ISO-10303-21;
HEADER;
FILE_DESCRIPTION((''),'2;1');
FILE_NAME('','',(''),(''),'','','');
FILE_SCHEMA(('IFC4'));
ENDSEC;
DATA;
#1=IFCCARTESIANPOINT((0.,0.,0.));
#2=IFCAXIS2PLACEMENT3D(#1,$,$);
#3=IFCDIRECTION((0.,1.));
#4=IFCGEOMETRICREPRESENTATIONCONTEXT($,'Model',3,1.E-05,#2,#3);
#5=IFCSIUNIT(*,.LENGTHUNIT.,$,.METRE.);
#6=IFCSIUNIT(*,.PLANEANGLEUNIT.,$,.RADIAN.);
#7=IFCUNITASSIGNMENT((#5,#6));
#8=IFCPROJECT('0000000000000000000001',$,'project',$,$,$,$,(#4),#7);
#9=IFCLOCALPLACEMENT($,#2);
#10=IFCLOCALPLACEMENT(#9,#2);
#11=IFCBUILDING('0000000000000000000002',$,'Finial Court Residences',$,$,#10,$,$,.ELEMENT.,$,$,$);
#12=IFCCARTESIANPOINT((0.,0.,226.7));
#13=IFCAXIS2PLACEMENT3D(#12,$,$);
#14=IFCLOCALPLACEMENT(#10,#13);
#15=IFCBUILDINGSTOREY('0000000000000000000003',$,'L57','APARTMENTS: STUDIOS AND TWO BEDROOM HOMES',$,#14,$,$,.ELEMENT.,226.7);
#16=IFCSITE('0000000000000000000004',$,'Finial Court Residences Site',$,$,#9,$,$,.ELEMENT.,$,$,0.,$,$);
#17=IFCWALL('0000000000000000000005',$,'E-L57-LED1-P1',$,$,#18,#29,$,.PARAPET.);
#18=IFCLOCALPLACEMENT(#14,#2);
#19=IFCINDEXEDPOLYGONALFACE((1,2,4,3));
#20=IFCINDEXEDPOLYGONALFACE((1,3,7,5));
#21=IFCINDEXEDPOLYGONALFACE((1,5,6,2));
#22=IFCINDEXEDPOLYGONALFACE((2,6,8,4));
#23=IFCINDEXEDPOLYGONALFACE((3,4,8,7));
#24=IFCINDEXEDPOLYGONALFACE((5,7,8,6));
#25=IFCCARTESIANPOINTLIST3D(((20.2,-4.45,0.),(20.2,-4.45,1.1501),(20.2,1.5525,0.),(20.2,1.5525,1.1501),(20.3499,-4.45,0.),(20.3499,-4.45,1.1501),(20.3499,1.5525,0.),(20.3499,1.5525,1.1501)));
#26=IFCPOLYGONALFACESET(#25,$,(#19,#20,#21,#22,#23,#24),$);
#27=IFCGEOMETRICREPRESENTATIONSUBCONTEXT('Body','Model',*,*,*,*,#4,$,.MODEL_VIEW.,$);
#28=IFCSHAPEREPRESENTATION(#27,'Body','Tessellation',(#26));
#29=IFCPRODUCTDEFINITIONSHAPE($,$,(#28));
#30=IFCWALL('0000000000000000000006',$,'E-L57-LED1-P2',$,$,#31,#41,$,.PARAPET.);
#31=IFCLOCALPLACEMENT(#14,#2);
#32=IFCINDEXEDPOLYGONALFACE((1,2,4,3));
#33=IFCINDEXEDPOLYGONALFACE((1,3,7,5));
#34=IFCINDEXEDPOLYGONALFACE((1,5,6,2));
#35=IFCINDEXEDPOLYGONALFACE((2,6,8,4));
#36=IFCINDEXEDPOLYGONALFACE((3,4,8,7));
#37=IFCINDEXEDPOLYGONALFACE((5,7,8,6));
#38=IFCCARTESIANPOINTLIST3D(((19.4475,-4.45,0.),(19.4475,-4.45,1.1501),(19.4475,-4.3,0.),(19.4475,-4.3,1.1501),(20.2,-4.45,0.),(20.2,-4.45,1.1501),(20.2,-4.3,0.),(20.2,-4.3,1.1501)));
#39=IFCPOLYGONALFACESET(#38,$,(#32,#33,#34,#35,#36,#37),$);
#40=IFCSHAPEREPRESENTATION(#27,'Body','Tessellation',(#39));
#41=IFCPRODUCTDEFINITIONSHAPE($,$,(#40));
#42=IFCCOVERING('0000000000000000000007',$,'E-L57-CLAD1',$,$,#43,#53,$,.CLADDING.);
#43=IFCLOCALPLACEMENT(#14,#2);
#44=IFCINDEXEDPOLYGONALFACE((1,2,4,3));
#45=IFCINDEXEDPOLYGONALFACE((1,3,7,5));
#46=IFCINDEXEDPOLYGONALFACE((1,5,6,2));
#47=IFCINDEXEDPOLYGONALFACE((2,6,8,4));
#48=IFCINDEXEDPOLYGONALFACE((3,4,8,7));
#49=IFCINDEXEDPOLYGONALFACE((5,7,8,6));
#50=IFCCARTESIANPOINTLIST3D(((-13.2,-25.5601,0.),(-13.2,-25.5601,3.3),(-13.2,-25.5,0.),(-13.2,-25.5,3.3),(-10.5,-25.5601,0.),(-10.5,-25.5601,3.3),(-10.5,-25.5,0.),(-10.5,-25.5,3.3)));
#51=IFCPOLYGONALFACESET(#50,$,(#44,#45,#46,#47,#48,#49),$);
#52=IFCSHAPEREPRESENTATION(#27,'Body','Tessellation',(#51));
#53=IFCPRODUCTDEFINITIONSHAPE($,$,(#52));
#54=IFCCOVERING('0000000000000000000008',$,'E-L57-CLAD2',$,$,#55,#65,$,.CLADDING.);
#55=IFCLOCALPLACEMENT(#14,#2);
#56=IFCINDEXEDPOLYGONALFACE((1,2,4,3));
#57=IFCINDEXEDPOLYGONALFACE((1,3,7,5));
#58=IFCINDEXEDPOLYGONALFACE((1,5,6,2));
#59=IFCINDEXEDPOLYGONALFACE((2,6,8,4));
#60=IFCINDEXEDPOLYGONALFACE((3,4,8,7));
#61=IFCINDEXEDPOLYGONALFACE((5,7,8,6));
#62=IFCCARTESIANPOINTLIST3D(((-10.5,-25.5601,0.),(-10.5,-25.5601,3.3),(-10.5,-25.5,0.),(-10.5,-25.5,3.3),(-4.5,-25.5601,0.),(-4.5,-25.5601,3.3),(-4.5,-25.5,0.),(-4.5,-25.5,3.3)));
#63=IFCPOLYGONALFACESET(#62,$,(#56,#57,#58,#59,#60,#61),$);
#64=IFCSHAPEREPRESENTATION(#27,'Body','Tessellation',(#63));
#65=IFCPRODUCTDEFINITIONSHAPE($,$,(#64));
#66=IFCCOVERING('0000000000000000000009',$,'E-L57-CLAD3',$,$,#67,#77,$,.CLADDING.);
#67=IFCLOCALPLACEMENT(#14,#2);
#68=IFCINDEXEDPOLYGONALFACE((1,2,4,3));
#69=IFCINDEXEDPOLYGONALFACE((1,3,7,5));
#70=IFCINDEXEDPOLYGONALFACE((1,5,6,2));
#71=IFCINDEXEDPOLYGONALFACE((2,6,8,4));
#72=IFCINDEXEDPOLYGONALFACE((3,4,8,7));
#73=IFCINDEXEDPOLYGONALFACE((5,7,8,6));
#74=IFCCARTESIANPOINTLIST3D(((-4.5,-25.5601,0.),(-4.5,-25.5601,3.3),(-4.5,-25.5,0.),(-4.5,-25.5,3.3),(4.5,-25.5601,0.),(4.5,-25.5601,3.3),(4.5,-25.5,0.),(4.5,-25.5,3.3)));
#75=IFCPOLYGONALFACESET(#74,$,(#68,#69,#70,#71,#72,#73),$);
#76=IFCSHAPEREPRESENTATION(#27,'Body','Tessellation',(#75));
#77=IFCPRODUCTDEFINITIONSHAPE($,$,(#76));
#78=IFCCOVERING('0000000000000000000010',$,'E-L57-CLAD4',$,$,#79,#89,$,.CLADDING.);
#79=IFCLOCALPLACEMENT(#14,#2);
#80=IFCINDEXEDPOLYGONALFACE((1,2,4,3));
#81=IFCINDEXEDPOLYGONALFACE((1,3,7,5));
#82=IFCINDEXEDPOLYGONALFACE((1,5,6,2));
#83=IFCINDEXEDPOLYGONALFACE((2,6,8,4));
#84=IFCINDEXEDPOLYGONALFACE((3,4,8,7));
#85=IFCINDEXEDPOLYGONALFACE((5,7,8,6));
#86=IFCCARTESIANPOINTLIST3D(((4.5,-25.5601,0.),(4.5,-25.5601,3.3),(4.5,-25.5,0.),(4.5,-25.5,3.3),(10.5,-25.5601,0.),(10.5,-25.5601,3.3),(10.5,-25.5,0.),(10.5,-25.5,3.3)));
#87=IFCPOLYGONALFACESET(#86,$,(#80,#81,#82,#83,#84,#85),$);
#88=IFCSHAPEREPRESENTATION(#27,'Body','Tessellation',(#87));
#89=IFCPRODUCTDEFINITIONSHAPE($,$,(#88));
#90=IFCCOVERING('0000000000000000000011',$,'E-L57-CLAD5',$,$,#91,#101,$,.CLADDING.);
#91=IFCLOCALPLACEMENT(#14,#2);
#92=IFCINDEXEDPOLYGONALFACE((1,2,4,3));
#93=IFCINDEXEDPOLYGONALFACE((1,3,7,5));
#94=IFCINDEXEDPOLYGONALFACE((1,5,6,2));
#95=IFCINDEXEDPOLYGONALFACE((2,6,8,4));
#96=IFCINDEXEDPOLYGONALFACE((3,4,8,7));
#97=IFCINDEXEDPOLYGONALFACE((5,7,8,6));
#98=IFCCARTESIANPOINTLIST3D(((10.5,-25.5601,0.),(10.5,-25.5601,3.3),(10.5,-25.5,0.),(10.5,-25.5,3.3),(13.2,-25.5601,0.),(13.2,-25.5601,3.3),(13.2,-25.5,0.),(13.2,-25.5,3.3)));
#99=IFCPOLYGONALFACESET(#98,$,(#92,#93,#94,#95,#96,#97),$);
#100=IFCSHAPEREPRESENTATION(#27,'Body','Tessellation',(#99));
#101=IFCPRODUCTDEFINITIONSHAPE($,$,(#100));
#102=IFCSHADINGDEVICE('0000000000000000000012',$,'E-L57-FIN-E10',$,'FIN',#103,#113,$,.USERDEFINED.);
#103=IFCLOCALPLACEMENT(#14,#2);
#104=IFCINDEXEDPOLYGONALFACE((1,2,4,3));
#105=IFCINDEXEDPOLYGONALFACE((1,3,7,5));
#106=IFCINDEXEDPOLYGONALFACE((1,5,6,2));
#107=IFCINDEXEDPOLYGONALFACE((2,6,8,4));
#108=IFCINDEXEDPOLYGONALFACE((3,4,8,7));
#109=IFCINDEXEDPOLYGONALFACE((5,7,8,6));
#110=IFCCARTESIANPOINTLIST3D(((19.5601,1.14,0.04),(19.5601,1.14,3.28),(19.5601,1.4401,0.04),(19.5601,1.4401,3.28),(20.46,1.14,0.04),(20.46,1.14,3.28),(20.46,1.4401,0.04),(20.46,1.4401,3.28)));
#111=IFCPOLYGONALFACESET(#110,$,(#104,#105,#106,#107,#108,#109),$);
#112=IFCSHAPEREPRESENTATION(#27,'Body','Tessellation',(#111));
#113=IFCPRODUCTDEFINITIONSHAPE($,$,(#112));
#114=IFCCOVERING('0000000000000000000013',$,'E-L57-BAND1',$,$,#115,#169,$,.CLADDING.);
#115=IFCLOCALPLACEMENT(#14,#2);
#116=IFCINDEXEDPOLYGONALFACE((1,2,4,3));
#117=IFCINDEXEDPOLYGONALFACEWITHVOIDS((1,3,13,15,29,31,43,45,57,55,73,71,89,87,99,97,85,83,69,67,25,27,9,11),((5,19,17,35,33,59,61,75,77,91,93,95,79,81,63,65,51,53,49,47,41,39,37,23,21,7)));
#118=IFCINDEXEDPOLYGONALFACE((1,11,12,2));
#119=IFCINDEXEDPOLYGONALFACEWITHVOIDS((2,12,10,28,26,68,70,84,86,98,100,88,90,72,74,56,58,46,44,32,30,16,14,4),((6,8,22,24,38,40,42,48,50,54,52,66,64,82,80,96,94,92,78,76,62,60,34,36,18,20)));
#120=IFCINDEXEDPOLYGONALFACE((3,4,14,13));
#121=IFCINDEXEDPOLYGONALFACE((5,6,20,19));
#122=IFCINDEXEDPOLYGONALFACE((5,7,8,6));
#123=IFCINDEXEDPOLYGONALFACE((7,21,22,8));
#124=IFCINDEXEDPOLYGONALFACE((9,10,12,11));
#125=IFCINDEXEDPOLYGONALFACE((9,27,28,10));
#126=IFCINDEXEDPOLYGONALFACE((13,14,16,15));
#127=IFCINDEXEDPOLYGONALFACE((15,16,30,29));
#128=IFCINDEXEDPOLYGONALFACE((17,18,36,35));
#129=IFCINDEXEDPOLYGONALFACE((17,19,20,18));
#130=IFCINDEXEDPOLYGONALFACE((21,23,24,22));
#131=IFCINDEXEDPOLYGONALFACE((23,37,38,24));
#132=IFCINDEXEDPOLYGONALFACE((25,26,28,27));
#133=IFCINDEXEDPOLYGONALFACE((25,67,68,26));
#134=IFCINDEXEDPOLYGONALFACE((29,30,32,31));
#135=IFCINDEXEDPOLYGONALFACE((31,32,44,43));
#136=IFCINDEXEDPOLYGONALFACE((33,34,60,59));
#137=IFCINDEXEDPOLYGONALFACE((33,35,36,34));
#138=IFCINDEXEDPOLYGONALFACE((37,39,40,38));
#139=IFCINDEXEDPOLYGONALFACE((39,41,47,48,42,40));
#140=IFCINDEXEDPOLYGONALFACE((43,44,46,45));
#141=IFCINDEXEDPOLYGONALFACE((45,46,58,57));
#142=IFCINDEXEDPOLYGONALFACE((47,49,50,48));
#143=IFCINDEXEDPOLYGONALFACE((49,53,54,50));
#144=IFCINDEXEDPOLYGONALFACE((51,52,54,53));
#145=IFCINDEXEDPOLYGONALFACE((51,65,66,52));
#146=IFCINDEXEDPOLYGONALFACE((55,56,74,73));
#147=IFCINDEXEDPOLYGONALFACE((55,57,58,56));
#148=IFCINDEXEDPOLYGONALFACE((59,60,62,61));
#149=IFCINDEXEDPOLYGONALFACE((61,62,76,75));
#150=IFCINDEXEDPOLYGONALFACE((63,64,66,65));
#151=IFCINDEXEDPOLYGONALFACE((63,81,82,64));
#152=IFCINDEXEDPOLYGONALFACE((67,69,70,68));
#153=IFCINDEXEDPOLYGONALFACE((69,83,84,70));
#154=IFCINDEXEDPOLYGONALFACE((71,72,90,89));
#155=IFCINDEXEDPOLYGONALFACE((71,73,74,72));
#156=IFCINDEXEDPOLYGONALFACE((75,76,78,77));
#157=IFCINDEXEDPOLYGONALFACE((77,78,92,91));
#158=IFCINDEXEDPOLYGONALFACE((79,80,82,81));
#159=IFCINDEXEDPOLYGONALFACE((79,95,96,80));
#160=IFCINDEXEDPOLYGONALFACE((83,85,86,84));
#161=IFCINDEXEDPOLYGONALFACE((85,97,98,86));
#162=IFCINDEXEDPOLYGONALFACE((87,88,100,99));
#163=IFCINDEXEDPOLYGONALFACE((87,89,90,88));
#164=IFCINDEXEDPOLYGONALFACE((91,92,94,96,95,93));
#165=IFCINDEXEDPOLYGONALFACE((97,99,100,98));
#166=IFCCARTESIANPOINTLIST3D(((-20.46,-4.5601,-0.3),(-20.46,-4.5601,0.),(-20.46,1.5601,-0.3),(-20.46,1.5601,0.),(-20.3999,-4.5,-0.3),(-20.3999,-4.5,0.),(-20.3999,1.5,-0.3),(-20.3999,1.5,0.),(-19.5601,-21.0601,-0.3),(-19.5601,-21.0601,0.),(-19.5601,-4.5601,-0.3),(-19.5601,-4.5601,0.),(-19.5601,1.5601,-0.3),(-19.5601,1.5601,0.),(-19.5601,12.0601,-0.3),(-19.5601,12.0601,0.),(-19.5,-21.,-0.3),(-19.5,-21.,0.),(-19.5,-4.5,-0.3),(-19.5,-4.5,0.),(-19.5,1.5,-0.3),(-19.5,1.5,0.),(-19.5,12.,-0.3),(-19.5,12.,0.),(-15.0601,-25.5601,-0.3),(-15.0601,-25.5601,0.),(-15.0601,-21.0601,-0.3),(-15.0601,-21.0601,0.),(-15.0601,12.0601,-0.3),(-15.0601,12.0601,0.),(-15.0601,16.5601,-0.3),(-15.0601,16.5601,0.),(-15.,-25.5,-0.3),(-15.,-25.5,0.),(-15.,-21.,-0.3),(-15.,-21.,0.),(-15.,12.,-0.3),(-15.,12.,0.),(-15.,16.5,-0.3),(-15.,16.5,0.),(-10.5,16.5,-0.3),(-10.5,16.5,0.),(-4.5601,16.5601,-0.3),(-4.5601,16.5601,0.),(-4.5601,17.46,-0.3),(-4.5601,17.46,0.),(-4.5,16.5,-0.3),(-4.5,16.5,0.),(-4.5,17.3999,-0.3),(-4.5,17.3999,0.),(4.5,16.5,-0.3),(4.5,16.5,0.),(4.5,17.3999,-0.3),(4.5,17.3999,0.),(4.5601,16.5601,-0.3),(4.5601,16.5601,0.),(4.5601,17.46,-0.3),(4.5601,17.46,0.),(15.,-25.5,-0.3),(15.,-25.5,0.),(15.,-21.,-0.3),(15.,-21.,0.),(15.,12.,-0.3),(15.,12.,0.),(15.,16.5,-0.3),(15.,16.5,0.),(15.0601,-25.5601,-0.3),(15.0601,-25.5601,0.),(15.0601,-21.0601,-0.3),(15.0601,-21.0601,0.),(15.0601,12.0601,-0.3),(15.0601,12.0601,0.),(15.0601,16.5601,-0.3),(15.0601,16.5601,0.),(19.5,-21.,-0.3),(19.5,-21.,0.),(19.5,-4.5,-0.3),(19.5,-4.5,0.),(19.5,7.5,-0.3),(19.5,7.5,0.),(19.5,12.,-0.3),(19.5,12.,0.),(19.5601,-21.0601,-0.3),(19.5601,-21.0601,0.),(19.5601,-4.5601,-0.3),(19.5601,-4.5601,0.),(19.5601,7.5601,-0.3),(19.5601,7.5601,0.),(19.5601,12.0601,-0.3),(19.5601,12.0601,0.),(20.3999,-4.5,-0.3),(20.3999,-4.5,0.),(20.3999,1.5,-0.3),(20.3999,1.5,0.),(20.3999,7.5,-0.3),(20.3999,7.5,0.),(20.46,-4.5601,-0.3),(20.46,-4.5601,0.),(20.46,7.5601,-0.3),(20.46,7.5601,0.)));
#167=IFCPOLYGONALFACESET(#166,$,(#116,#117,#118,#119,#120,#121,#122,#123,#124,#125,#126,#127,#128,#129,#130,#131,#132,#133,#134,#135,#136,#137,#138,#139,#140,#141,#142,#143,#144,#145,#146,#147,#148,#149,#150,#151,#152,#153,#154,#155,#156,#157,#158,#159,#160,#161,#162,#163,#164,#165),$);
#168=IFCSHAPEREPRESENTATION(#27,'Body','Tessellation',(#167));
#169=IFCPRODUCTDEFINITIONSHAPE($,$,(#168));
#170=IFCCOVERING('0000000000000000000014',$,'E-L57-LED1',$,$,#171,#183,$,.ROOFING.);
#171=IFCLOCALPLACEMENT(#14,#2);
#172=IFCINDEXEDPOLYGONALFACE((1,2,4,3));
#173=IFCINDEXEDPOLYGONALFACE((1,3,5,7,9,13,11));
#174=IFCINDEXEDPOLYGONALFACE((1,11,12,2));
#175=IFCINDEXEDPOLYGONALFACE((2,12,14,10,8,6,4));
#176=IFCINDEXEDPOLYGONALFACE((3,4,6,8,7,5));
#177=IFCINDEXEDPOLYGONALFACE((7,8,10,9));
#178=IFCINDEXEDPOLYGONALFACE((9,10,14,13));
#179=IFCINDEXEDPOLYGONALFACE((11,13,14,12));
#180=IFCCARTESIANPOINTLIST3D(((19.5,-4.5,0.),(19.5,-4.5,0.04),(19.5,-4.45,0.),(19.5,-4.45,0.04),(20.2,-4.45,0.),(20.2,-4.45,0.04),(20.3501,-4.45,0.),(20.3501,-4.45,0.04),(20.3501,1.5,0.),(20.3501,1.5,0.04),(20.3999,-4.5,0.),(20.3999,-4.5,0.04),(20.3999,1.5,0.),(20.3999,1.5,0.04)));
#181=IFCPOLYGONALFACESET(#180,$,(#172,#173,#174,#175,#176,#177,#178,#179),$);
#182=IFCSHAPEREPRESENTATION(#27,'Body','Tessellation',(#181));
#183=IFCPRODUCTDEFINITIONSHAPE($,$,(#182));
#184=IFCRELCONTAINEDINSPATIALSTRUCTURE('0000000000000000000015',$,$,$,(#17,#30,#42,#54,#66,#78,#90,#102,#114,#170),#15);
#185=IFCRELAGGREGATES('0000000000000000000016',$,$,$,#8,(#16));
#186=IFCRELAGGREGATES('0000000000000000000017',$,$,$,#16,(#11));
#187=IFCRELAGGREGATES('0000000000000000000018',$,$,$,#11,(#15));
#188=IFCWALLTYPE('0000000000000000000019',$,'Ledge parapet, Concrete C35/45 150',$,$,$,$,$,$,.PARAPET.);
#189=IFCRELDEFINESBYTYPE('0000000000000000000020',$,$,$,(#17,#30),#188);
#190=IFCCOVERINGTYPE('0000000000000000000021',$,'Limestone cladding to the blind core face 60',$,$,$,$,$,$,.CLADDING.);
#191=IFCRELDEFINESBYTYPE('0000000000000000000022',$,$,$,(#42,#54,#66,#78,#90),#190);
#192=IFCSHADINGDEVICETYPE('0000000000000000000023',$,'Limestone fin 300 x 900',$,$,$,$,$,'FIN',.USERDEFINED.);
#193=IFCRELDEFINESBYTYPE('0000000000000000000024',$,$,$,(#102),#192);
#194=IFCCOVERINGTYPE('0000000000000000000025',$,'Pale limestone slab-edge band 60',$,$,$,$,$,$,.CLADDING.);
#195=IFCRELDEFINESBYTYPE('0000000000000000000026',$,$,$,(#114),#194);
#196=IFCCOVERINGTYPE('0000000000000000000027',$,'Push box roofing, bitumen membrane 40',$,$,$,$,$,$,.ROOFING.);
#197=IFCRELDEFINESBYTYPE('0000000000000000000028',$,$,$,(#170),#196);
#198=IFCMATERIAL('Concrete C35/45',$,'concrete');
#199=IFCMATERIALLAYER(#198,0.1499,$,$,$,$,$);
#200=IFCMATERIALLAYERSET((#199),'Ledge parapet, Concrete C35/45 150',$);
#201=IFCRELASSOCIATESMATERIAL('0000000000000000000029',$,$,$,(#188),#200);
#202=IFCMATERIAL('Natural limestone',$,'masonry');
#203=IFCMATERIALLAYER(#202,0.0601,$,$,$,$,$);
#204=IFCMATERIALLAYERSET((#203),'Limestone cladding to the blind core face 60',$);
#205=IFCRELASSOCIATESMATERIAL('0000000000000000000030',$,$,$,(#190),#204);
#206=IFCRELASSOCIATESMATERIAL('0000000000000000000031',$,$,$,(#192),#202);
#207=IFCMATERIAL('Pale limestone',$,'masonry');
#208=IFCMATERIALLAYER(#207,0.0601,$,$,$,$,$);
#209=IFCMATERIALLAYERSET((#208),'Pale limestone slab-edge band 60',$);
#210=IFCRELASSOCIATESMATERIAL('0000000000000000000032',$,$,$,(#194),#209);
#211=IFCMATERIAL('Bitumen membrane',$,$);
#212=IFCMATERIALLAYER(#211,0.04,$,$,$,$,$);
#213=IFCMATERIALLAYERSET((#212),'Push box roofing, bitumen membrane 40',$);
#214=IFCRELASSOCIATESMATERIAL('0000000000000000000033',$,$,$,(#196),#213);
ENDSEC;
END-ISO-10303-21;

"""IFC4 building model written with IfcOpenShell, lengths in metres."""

from ifc_helpers import new_model, si_unit, direction, frame, frame_2d, origin, origin_2d, place, context, subcontext, project, spatial, polyline, rectangle, outline, extrude, material, layer, layer_set, type_object, element, save


model = new_model("IFC4")

# Units and contexts
model_context = context("Model", 3, precision=1e-05, world=origin(), true_north=direction((0.0, 1.0)))
body_context = subcontext(model_context, "Body", "Model", "MODEL_VIEW")
ifc_project = project(units=[si_unit("LENGTHUNIT", "METRE"), si_unit("PLANEANGLEUNIT", "RADIAN")], contexts=[model_context])

# Site, building, storey
site_placement = place(None, origin())
site = spatial("IfcSite", under=ifc_project, at=site_placement, Name="Finial Court Residences Site", CompositionType="ELEMENT", RefElevation=0.0)
building_placement = place(site_placement, origin())
building = spatial("IfcBuilding", under=site, at=building_placement, Name="Finial Court Residences", CompositionType="ELEMENT")
storey_placement = place(building_placement, frame((0.0, 0.0, 226.7)))
storey = spatial("IfcBuildingStorey", under=building, at=storey_placement, Name="L57", Description="APARTMENTS: STUDIOS AND TWO BEDROOM HOMES", CompositionType="ELEMENT", Elevation=226.7)

# Shared definitions
ifc_material_1 = material(Name="Concrete C35/45", Category="concrete")

# Walls
ifc_layer_1 = layer(ifc_material_1, 0.1499)
ifc_layer_set_1 = layer_set([ifc_layer_1], Name="Ledge parapet, Concrete C35/45 150")
wall_type_1 = type_object("IfcWallType", Name="Ledge parapet, Concrete C35/45 150", PredefinedType="PARAPET", material=ifc_layer_set_1)
wall_1_placement = place(storey_placement, frame((20.2749, 1.5525, 0.0), z_axis=(0.0, 0.0, 1.0), x_axis=(0.0, -1.0, 0.0)))
element("IfcWall", 1, at=wall_1_placement, inside=storey, type_object=wall_type_1, Name="E-L57-LED1-P1", PredefinedType="PARAPET", context=body_context, shape_type="SweptSolid", body=[
    extrude(rectangle(XDim=6.0024, YDim=0.1499, at=frame_2d((3.0012, 0.0))), origin(), (0.0, 0.0, 1.0), 1.1501),
])
wall_2_placement = place(storey_placement, frame((20.2, -4.375, 0.0), z_axis=(0.0, 0.0, 1.0), x_axis=(-1.0, 0.0, 0.0)))
element("IfcWall", 2, at=wall_2_placement, inside=storey, type_object=wall_type_1, Name="E-L57-LED1-P2", PredefinedType="PARAPET", context=body_context, shape_type="SweptSolid", body=[
    extrude(rectangle(XDim=0.7524, YDim=0.1499, at=frame_2d((0.3762, 0.0))), origin(), (0.0, 0.0, 1.0), 1.1501),
])

# Coverings
ifc_material_2 = material(Name="Natural limestone", Category="masonry")
ifc_layer_2 = layer(ifc_material_2, 0.0601)
ifc_layer_set_2 = layer_set([ifc_layer_2], Name="Limestone cladding to the blind core face 60")
covering_type_1 = type_object("IfcCoveringType", Name="Limestone cladding to the blind core face 60", PredefinedType="CLADDING", material=ifc_layer_set_2)
covering_1_placement = place(storey_placement, origin())
element("IfcCovering", 3, at=covering_1_placement, inside=storey, type_object=covering_type_1, Name="E-L57-CLAD1", PredefinedType="CLADDING", context=body_context, shape_type="SweptSolid", body=[
    extrude(outline(polyline([(-10.5, -25.5601), (-10.5, -25.5), (-13.2, -25.5), (-13.2, -25.5601), (-10.5, -25.5601)])), origin(), (0.0, 0.0, 1.0), 3.3),
])
covering_2_placement = place(storey_placement, origin())
element("IfcCovering", 4, at=covering_2_placement, inside=storey, type_object=covering_type_1, Name="E-L57-CLAD2", PredefinedType="CLADDING", context=body_context, shape_type="SweptSolid", body=[
    extrude(outline(polyline([(-4.5, -25.5601), (-4.5, -25.5), (-10.5, -25.5), (-10.5, -25.5601), (-4.5, -25.5601)])), origin(), (0.0, 0.0, 1.0), 3.3),
])
covering_3_placement = place(storey_placement, origin())
element("IfcCovering", 5, at=covering_3_placement, inside=storey, type_object=covering_type_1, Name="E-L57-CLAD3", PredefinedType="CLADDING", context=body_context, shape_type="SweptSolid", body=[
    extrude(outline(polyline([(4.5, -25.5601), (4.5, -25.5), (-4.5, -25.5), (-4.5, -25.5601), (4.5, -25.5601)])), origin(), (0.0, 0.0, 1.0), 3.3),
])
covering_4_placement = place(storey_placement, origin())
element("IfcCovering", 6, at=covering_4_placement, inside=storey, type_object=covering_type_1, Name="E-L57-CLAD4", PredefinedType="CLADDING", context=body_context, shape_type="SweptSolid", body=[
    extrude(outline(polyline([(10.5, -25.5601), (10.5, -25.5), (4.5, -25.5), (4.5, -25.5601), (10.5, -25.5601)])), origin(), (0.0, 0.0, 1.0), 3.3),
])
covering_5_placement = place(storey_placement, origin())
element("IfcCovering", 7, at=covering_5_placement, inside=storey, type_object=covering_type_1, Name="E-L57-CLAD5", PredefinedType="CLADDING", context=body_context, shape_type="SweptSolid", body=[
    extrude(outline(polyline([(13.2, -25.5601), (13.2, -25.5), (10.5, -25.5), (10.5, -25.5601), (13.2, -25.5601)])), origin(), (0.0, 0.0, 1.0), 3.3),
])

# Shading device
shading_device_type = type_object("IfcShadingDeviceType", Name="Limestone fin 300 x 900", ElementType="FIN", PredefinedType="USERDEFINED", material=ifc_material_2)
shading_device_placement = place(storey_placement, frame((20.01, 1.29, 0.04), z_axis=(0.0, 0.0, 1.0), x_axis=(1.0, 0.0, 0.0)))
element("IfcShadingDevice", 8, at=shading_device_placement, inside=storey, type_object=shading_device_type, Name="E-L57-FIN-E10", ObjectType="FIN", PredefinedType="USERDEFINED", context=body_context, shape_type="SweptSolid", body=[
    extrude(rectangle(XDim=0.8999, YDim=0.3, at=origin_2d()), origin(), (0.0, 0.0, 1.0), 3.24),
])

# Coverings
ifc_material_3 = material(Name="Pale limestone", Category="masonry")
ifc_layer_3 = layer(ifc_material_3, 0.0601)
ifc_layer_set_3 = layer_set([ifc_layer_3], Name="Pale limestone slab-edge band 60")
covering_type_2 = type_object("IfcCoveringType", Name="Pale limestone slab-edge band 60", PredefinedType="CLADDING", material=ifc_layer_set_3)
covering_6_placement = place(storey_placement, frame((0.0, 0.0, -0.3)))
element("IfcCovering", 9, at=covering_6_placement, inside=storey, type_object=covering_type_2, Name="E-L57-BAND1", PredefinedType="CLADDING", context=body_context, shape_type="SweptSolid", body=[
    extrude(outline(polyline([(-19.5601, -4.5601), (-20.46, -4.5601), (-20.46, 1.5601), (-19.5601, 1.5601), (-19.5601, 12.0601), (-15.0601, 12.0601), (-15.0601, 16.5601), (-4.5601, 16.5601), (-4.5601, 17.46), (4.5601, 17.46), (4.5601, 16.5601), (15.0601, 16.5601), (15.0601, 12.0601), (19.5601, 12.0601), (19.5601, 7.5601), (20.46, 7.5601), (20.46, -4.5601), (19.5601, -4.5601), (19.5601, -21.0601), (15.0601, -21.0601), (15.0601, -25.5601), (-15.0601, -25.5601), (-15.0601, -21.0601), (-19.5601, -21.0601), (-19.5601, -4.5601)]), holes=[polyline([(-15.0, -21.0), (-15.0, -25.5), (15.0, -25.5), (15.0, -21.0), (19.5, -21.0), (19.5, -4.5), (20.3999, -4.5), (20.3999, 1.5), (20.3999, 7.5), (19.5, 7.5), (19.5, 12.0), (15.0, 12.0), (15.0, 16.5), (4.5, 16.5), (4.5, 17.3999), (-4.5, 17.3999), (-4.5, 16.5), (-10.5, 16.5), (-15.0, 16.5), (-15.0, 12.0), (-19.5, 12.0), (-19.5, 1.5), (-20.3999, 1.5), (-20.3999, -4.5), (-19.5, -4.5), (-19.5, -21.0), (-15.0, -21.0)])]), origin(), (0.0, 0.0, 1.0), 0.3),
])
ifc_material_4 = material(Name="Bitumen membrane")
ifc_layer_4 = layer(ifc_material_4, 0.04)
ifc_layer_set_4 = layer_set([ifc_layer_4], Name="Push box roofing, bitumen membrane 40")
covering_type_3 = type_object("IfcCoveringType", Name="Push box roofing, bitumen membrane 40", PredefinedType="ROOFING", material=ifc_layer_set_4)
covering_7_placement = place(storey_placement, origin())
element("IfcCovering", 10, at=covering_7_placement, inside=storey, type_object=covering_type_3, Name="E-L57-LED1", PredefinedType="ROOFING", context=body_context, shape_type="SweptSolid", body=[
    extrude(outline(polyline([(19.5, -4.45), (20.2, -4.45), (20.3501, -4.45), (20.3501, 1.5), (20.3999, 1.5), (20.3999, -4.5), (19.5, -4.5), (19.5, -4.45)])), origin(), (0.0, 0.0, 1.0), 0.04),
])

save(model, "model.ifc")
